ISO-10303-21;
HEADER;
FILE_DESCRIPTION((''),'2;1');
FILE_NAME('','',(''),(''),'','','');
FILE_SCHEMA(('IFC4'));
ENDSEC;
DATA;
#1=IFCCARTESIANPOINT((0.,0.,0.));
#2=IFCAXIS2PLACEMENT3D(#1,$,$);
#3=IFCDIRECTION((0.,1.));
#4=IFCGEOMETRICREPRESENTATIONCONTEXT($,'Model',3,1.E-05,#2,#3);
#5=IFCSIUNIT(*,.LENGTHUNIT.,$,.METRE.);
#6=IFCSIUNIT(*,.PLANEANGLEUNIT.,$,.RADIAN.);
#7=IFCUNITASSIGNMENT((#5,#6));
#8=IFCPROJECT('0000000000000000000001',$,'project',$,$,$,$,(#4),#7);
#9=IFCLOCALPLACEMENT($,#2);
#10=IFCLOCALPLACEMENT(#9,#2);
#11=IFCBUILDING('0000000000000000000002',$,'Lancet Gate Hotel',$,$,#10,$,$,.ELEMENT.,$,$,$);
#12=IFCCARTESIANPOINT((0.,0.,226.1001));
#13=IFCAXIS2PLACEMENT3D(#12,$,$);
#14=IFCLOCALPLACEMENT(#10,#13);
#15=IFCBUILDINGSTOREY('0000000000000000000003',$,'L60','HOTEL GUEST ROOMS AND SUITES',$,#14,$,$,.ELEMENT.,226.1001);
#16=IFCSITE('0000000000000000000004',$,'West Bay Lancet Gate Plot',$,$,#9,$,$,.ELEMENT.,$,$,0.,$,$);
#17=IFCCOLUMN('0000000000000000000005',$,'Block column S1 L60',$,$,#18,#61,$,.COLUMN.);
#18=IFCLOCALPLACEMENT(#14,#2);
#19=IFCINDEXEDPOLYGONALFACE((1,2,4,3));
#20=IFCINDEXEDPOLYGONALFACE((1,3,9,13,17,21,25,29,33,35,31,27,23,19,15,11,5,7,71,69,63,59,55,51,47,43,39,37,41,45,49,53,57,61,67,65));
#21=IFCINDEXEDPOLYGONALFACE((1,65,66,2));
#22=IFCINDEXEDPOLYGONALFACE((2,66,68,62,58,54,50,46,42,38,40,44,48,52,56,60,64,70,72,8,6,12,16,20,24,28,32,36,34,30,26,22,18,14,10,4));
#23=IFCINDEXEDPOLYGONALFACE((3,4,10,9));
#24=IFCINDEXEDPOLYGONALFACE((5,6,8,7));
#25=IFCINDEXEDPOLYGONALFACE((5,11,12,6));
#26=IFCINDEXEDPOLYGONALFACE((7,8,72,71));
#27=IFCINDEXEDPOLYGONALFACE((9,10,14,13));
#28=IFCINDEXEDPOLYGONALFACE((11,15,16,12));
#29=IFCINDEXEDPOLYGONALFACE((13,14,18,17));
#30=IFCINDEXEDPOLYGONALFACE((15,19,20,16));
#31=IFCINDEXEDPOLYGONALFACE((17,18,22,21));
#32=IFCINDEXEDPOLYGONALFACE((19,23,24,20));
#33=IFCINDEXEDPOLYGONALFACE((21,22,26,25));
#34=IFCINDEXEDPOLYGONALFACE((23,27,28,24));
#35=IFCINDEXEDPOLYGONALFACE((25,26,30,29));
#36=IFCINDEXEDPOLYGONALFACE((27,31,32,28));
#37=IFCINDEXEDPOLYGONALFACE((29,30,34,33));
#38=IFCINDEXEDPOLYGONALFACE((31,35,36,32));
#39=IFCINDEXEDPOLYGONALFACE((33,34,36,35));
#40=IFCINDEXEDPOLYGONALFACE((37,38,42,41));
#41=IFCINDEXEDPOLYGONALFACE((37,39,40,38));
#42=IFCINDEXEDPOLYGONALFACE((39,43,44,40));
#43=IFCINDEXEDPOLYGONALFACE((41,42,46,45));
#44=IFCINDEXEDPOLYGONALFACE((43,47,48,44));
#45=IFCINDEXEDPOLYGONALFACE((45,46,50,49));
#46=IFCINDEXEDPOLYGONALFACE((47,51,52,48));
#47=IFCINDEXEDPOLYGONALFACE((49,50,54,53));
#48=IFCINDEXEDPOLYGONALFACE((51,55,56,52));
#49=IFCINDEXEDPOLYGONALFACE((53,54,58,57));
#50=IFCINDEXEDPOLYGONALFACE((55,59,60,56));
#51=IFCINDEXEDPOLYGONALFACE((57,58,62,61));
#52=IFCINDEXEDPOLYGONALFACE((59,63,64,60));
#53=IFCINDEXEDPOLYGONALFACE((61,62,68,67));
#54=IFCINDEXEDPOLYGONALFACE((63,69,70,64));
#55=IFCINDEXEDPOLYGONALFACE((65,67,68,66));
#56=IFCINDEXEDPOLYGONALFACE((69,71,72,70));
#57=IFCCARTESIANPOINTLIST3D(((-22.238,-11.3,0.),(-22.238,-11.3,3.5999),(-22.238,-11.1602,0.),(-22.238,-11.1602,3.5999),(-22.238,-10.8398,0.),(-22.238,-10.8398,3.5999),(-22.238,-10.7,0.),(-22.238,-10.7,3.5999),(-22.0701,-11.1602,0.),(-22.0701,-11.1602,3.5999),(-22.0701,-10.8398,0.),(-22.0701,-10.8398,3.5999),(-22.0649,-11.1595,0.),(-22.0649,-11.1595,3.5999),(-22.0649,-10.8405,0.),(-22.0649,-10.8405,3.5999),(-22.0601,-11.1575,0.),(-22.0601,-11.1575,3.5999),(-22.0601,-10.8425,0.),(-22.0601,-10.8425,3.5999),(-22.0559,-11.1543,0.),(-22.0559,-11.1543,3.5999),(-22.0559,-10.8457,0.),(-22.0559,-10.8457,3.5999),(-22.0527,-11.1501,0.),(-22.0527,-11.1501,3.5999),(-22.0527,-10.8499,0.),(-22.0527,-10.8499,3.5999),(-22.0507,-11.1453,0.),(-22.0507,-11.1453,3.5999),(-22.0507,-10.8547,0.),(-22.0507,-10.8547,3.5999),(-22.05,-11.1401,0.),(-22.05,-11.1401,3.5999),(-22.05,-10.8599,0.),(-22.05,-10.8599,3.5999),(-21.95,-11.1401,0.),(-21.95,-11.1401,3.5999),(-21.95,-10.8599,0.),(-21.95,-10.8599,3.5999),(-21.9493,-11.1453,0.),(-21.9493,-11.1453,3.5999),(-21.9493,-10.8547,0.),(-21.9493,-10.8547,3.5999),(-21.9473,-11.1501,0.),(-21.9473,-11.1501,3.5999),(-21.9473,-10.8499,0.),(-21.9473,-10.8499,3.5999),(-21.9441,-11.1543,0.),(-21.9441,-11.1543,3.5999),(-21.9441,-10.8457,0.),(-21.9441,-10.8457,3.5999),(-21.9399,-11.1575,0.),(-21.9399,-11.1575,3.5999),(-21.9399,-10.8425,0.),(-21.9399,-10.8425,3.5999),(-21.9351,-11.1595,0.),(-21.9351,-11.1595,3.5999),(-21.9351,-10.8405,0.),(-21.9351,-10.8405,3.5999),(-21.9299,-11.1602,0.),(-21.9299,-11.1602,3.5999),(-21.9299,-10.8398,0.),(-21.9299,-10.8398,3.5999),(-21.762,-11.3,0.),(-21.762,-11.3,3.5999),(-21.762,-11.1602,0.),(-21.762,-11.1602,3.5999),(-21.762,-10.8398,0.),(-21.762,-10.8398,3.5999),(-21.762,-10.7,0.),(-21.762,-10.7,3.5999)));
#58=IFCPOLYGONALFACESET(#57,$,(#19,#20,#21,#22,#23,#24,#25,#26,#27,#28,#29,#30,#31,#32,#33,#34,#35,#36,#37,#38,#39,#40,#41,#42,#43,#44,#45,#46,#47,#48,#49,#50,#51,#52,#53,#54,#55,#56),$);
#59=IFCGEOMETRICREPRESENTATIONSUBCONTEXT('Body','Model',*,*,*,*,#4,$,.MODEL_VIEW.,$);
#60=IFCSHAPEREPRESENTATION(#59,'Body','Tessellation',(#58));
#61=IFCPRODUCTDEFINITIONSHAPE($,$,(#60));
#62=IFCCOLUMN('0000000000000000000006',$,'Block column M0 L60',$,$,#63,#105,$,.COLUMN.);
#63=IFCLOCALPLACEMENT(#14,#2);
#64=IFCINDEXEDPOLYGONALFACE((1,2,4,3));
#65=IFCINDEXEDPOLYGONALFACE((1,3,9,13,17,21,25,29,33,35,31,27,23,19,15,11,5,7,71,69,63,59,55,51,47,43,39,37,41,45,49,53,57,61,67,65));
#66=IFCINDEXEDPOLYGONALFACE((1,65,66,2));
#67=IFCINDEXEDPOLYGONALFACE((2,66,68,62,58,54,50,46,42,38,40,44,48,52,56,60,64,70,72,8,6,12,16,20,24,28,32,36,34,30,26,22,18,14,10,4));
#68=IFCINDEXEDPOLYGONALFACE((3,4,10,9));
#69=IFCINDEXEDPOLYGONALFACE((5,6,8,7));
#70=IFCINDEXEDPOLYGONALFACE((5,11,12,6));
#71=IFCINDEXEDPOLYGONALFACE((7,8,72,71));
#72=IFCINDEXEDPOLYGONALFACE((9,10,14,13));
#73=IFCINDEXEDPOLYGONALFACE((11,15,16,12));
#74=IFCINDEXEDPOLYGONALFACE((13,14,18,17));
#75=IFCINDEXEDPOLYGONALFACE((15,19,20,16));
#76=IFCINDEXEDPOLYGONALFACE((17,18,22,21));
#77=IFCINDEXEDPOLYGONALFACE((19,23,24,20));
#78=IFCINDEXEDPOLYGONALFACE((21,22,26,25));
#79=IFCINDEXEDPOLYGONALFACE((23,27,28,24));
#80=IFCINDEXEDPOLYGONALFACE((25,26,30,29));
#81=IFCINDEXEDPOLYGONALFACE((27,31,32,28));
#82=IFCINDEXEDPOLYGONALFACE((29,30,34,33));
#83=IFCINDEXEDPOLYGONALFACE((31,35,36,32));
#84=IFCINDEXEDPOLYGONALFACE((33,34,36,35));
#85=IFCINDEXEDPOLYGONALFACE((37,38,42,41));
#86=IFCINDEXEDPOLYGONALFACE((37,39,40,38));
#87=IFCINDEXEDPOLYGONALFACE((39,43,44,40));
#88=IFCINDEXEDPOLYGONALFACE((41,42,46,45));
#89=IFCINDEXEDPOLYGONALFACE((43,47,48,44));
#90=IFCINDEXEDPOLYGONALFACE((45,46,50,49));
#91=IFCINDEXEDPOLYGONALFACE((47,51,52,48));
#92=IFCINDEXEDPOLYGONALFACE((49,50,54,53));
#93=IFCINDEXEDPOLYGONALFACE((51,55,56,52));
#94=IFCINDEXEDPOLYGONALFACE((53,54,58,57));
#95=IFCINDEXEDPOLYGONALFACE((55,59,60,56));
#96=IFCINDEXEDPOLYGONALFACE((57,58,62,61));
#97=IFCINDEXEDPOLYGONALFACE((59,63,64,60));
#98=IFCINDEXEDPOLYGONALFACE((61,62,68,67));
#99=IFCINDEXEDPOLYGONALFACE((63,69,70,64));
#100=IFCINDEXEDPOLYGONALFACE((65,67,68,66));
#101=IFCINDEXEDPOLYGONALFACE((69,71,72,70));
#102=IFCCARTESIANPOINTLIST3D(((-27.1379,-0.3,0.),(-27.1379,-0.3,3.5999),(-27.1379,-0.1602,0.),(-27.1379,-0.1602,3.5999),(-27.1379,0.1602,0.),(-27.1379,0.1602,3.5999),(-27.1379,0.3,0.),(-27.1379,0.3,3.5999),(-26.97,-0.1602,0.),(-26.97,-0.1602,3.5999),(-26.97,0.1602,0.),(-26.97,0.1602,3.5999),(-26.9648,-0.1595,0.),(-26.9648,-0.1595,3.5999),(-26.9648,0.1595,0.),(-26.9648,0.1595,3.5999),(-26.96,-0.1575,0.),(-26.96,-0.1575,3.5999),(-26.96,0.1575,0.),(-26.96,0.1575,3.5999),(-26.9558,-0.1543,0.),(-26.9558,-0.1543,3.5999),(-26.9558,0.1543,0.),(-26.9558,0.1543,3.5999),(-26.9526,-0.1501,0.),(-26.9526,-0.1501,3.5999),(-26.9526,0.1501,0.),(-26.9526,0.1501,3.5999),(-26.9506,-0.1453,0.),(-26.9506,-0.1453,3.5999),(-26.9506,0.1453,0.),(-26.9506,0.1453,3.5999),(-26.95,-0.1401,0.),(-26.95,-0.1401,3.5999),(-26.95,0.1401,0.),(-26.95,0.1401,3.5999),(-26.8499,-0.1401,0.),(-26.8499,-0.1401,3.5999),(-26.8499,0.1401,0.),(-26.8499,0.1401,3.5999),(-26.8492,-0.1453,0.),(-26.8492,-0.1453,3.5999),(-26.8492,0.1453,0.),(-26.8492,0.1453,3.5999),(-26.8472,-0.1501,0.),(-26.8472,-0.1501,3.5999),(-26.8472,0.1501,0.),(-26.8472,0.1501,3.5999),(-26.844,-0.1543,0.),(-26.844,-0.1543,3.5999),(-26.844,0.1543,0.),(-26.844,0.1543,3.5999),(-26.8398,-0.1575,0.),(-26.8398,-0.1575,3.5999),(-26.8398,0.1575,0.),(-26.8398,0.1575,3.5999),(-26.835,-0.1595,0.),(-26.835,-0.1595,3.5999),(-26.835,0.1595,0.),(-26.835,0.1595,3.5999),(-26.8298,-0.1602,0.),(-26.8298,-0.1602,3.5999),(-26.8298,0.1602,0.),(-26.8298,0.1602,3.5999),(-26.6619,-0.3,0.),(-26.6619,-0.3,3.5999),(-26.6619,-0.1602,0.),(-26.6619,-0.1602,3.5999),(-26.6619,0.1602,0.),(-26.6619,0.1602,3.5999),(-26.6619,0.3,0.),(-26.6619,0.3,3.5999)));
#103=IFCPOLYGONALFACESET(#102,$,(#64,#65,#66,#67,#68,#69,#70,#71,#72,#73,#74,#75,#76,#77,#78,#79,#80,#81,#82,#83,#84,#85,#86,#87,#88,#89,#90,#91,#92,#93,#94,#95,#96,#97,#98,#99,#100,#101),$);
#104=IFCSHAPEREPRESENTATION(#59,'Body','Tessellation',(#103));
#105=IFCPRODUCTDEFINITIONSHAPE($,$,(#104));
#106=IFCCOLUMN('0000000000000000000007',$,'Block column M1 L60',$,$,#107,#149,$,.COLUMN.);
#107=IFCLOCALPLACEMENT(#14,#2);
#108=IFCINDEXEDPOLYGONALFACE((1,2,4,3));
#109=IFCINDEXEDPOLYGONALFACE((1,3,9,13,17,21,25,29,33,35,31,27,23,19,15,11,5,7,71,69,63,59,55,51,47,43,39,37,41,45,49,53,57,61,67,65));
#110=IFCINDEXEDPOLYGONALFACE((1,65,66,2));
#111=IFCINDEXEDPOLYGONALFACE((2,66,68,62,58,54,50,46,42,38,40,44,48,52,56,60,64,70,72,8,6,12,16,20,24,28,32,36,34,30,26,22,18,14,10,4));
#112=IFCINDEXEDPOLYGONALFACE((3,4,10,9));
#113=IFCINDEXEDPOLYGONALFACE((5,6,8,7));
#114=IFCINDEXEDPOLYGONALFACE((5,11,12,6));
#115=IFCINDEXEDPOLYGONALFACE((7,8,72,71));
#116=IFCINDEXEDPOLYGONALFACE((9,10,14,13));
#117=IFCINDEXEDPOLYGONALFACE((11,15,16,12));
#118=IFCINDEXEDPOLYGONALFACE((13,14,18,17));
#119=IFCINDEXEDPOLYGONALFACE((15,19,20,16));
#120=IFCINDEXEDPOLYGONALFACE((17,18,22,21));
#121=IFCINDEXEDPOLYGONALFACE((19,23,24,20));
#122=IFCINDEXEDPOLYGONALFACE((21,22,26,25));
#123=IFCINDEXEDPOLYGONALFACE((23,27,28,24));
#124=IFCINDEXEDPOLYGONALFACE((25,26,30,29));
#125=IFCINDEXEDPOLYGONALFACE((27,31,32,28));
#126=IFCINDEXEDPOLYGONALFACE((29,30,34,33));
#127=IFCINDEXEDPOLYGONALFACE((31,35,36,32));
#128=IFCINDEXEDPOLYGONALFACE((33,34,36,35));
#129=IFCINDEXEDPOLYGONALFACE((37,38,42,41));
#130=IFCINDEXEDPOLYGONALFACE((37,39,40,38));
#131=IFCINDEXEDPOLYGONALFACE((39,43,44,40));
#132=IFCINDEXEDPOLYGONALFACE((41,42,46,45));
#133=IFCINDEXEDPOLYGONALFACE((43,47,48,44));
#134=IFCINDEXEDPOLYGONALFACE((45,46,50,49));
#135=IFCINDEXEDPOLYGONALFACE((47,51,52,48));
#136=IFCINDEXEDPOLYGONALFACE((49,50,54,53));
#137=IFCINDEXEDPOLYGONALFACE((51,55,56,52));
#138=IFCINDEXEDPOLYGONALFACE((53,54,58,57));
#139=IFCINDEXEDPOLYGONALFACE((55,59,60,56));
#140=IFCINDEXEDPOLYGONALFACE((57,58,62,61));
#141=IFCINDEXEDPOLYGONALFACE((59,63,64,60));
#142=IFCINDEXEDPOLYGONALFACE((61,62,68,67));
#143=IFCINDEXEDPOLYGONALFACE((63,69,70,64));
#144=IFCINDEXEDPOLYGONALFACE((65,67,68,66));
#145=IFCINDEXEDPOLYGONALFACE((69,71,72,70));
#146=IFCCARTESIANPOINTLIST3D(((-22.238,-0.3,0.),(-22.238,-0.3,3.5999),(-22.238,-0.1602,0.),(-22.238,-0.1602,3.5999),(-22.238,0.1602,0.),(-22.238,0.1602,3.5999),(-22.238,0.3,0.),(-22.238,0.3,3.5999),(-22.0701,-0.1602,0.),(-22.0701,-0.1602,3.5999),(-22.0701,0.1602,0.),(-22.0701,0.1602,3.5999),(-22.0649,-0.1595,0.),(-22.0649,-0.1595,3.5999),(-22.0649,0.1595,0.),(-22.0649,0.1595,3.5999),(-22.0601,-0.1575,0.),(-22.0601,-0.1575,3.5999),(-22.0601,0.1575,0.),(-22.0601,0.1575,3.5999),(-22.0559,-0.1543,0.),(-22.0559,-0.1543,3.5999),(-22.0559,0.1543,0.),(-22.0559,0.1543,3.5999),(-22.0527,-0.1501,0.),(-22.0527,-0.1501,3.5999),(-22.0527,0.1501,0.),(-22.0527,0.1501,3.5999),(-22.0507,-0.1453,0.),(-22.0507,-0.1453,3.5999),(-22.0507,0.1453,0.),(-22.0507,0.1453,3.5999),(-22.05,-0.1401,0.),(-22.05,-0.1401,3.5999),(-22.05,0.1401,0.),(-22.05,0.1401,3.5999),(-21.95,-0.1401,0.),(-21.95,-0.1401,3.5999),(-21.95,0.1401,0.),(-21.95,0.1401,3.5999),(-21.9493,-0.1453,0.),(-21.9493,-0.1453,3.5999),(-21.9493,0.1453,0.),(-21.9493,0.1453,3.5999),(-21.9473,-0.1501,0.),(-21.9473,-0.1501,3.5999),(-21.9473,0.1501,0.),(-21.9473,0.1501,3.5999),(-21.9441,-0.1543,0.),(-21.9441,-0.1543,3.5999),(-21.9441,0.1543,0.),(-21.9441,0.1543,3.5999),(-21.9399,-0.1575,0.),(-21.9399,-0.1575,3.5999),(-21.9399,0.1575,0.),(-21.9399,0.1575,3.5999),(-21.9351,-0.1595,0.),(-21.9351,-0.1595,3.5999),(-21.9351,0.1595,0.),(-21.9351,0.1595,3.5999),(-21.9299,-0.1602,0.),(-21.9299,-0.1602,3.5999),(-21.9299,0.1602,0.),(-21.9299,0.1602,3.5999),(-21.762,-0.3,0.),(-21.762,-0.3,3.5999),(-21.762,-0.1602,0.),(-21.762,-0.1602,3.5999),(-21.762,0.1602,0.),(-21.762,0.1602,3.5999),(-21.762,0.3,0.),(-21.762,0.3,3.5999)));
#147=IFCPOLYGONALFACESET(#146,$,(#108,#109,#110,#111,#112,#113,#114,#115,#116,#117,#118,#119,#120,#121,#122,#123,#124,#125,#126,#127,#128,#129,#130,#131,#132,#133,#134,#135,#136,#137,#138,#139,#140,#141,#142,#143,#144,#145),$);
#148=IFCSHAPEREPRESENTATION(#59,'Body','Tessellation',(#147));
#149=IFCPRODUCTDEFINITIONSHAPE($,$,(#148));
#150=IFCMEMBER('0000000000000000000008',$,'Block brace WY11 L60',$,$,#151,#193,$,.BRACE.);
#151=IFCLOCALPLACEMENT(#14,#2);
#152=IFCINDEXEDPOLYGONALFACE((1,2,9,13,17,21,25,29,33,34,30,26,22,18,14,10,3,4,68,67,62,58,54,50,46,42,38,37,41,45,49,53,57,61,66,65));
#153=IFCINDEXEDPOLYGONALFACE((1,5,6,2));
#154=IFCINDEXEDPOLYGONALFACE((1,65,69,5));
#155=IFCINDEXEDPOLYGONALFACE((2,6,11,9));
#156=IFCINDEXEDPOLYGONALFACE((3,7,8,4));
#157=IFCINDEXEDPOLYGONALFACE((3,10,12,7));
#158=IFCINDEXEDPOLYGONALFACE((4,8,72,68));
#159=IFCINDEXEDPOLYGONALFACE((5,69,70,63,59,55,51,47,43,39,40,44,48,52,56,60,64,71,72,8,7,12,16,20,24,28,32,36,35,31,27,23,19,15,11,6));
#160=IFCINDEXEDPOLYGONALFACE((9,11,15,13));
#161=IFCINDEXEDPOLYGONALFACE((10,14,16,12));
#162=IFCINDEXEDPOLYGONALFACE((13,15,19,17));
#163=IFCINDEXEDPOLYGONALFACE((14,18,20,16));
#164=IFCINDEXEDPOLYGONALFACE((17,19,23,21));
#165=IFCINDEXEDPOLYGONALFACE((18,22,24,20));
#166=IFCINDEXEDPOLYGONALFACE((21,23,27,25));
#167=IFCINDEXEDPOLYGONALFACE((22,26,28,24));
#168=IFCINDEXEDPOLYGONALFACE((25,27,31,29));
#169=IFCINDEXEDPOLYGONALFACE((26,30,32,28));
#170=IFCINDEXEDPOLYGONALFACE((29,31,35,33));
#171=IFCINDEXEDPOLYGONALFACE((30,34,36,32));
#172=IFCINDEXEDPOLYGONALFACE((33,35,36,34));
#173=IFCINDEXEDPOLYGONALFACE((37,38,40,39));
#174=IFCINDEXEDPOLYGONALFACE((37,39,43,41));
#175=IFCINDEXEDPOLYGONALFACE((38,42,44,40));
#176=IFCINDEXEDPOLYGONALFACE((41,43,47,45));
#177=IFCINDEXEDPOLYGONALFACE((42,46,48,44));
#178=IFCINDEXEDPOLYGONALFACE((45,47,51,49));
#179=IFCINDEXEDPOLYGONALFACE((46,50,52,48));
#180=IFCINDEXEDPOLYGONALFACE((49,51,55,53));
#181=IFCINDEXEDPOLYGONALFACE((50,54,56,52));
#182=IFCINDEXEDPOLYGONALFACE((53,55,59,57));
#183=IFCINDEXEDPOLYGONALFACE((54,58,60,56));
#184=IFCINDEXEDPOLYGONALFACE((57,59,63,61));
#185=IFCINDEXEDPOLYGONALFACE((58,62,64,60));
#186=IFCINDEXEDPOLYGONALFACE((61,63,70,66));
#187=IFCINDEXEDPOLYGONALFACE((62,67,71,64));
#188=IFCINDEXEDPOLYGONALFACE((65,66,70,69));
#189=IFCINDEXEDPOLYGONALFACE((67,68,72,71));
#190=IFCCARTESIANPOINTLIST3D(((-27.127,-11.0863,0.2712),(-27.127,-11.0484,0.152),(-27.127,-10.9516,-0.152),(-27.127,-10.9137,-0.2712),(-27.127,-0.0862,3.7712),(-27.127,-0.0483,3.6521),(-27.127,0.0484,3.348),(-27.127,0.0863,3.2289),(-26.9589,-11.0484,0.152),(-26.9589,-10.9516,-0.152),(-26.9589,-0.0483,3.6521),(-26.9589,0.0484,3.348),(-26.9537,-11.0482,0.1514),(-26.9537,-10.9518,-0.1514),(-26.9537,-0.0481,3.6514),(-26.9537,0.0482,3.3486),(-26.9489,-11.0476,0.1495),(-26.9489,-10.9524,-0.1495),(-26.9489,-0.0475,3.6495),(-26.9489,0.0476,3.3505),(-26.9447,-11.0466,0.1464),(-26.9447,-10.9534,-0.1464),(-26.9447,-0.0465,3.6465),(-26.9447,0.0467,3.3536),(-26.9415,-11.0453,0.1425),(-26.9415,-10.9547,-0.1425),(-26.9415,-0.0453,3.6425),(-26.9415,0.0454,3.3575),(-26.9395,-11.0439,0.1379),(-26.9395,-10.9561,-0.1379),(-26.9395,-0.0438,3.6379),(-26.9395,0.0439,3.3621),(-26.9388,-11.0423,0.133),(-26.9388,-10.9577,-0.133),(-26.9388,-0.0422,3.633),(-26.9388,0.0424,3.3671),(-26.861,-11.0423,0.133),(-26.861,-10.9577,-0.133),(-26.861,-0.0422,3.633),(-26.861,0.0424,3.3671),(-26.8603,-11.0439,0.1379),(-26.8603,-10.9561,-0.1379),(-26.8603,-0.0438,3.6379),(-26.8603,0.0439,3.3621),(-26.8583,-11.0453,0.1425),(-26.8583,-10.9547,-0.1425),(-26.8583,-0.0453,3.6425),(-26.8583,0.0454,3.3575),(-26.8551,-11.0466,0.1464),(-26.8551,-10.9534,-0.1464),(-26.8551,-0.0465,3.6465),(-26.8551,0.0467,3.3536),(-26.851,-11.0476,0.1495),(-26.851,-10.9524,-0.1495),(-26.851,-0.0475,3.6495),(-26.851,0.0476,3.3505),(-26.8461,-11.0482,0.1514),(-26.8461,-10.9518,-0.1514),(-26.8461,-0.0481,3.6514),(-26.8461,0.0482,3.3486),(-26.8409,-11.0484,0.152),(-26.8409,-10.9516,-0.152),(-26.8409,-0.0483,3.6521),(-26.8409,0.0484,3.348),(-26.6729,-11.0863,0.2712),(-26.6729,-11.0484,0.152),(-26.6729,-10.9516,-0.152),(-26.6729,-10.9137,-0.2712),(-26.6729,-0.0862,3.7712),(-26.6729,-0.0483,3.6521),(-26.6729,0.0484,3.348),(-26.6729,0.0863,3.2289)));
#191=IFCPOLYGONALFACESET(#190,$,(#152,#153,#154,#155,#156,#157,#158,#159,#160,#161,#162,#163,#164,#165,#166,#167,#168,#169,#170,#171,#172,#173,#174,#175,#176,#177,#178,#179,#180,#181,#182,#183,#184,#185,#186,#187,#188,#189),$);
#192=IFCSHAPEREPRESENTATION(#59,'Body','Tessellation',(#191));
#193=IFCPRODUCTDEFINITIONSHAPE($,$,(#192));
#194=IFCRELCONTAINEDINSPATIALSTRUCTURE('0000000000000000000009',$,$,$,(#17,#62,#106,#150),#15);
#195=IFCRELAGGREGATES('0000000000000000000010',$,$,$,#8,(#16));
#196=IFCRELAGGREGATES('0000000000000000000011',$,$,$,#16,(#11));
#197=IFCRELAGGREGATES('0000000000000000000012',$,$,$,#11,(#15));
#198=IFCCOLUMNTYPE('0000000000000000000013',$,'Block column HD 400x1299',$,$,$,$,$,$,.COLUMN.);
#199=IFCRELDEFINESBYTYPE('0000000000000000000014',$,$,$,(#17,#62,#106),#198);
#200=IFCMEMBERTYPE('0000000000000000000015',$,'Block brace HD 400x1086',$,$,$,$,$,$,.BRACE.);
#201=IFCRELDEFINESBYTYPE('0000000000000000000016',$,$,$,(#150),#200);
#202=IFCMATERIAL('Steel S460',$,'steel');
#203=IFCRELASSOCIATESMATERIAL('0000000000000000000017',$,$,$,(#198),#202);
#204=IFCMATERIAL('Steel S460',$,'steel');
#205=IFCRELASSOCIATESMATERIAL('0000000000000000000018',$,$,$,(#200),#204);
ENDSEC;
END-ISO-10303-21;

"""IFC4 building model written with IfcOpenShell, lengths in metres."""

from ifc_helpers import new_model, si_unit, direction, frame, origin, origin_2d, place, context, subcontext, project, spatial, i_section, extrude, material, material_profile, profile_set, type_object, element, save


model = new_model("IFC4")

# Units and contexts
model_context = context("Model", 3, precision=1e-05, world=origin(), true_north=direction((0.0, 1.0)))
body_context = subcontext(model_context, "Body", "Model", "MODEL_VIEW")
ifc_project = project(units=[si_unit("LENGTHUNIT", "METRE"), si_unit("PLANEANGLEUNIT", "RADIAN")], contexts=[model_context])

# Site, building, storey
site_placement = place(None, origin())
site = spatial("IfcSite", under=ifc_project, at=site_placement, Name="West Bay Lancet Gate Plot", CompositionType="ELEMENT", RefElevation=0.0)
building_placement = place(site_placement, origin())
building = spatial("IfcBuilding", under=site, at=building_placement, Name="Lancet Gate Hotel", CompositionType="ELEMENT")
storey_placement = place(building_placement, frame((0.0, 0.0, 226.1001)))
storey = spatial("IfcBuildingStorey", under=building, at=storey_placement, Name="L60", Description="HOTEL GUEST ROOMS AND SUITES", CompositionType="ELEMENT", Elevation=226.1001)

# Columns
ifc_material_1 = material(Name="Steel S460", Category="steel")
ifc_material_profile_1 = material_profile(ifc_material_1, i_section(OverallWidth=0.4761, OverallDepth=0.6001, WebThickness=0.1001, FlangeThickness=0.1399, FilletRadius=0.02, at=origin_2d()), Name="HD 400x1299")
ifc_profile_set_1 = profile_set([ifc_material_profile_1], Name="Steel S460")
column_type = type_object("IfcColumnType", Name="Block column HD 400x1299", PredefinedType="COLUMN", material=ifc_profile_set_1)
for number, where, z_axis, x_axis, name in (
    (1, (-22.0, -11.0, 0.0), (0.0, 0.0, 1.0), (1.0, 0.0, 0.0), "Block column S1 L60"),
    (2, (-26.8999, 0.0, 0.0), (0.0, 0.0, 1.0), (1.0, 0.0, 0.0), "Block column M0 L60"),
    (3, (-22.0, 0.0, 0.0), (0.0, 0.0, 1.0), (1.0, 0.0, 0.0), "Block column M1 L60"),
):
    element("IfcColumn", number, at=place(storey_placement, frame(where, z_axis=z_axis, x_axis=x_axis)), inside=storey, type_object=column_type, Name=name, PredefinedType="COLUMN", context=body_context, shape_type="SweptSolid", body=[
        extrude(i_section(OverallWidth=0.4761, OverallDepth=0.6001, WebThickness=0.1001, FlangeThickness=0.1399, FilletRadius=0.02, at=origin_2d()), origin(), (0.0, 0.0, 1.0), 3.5999),
    ])

# Member
ifc_material_2 = material(Name="Steel S460", Category="steel")
ifc_material_profile_2 = material_profile(ifc_material_2, i_section(OverallWidth=0.4541, OverallDepth=0.5691, WebThickness=0.0779, FlangeThickness=0.125, FilletRadius=0.02, at=origin_2d()), Name="HD 400x1086")
ifc_profile_set_2 = profile_set([ifc_material_profile_2], Name="Steel S460")
member_type = type_object("IfcMemberType", Name="Block brace HD 400x1086", PredefinedType="BRACE", material=ifc_profile_set_2)
member_1_placement = place(storey_placement, frame((-26.8999, -11.0, 0.0), z_axis=(0.0, 0.952926, 0.303204), x_axis=(-1.0, 0.0, 0.0)))
element("IfcMember", 4, at=member_1_placement, inside=storey, type_object=member_type, Name="Block brace WY11 L60", PredefinedType="BRACE", context=body_context, shape_type="SweptSolid", body=[
    extrude(i_section(OverallWidth=0.4541, OverallDepth=0.5691, WebThickness=0.0779, FlangeThickness=0.125, FilletRadius=0.02, at=origin_2d()), origin(), (0.0, 0.0, 1.0), 11.5435),
])

save(model, "model.ifc")
